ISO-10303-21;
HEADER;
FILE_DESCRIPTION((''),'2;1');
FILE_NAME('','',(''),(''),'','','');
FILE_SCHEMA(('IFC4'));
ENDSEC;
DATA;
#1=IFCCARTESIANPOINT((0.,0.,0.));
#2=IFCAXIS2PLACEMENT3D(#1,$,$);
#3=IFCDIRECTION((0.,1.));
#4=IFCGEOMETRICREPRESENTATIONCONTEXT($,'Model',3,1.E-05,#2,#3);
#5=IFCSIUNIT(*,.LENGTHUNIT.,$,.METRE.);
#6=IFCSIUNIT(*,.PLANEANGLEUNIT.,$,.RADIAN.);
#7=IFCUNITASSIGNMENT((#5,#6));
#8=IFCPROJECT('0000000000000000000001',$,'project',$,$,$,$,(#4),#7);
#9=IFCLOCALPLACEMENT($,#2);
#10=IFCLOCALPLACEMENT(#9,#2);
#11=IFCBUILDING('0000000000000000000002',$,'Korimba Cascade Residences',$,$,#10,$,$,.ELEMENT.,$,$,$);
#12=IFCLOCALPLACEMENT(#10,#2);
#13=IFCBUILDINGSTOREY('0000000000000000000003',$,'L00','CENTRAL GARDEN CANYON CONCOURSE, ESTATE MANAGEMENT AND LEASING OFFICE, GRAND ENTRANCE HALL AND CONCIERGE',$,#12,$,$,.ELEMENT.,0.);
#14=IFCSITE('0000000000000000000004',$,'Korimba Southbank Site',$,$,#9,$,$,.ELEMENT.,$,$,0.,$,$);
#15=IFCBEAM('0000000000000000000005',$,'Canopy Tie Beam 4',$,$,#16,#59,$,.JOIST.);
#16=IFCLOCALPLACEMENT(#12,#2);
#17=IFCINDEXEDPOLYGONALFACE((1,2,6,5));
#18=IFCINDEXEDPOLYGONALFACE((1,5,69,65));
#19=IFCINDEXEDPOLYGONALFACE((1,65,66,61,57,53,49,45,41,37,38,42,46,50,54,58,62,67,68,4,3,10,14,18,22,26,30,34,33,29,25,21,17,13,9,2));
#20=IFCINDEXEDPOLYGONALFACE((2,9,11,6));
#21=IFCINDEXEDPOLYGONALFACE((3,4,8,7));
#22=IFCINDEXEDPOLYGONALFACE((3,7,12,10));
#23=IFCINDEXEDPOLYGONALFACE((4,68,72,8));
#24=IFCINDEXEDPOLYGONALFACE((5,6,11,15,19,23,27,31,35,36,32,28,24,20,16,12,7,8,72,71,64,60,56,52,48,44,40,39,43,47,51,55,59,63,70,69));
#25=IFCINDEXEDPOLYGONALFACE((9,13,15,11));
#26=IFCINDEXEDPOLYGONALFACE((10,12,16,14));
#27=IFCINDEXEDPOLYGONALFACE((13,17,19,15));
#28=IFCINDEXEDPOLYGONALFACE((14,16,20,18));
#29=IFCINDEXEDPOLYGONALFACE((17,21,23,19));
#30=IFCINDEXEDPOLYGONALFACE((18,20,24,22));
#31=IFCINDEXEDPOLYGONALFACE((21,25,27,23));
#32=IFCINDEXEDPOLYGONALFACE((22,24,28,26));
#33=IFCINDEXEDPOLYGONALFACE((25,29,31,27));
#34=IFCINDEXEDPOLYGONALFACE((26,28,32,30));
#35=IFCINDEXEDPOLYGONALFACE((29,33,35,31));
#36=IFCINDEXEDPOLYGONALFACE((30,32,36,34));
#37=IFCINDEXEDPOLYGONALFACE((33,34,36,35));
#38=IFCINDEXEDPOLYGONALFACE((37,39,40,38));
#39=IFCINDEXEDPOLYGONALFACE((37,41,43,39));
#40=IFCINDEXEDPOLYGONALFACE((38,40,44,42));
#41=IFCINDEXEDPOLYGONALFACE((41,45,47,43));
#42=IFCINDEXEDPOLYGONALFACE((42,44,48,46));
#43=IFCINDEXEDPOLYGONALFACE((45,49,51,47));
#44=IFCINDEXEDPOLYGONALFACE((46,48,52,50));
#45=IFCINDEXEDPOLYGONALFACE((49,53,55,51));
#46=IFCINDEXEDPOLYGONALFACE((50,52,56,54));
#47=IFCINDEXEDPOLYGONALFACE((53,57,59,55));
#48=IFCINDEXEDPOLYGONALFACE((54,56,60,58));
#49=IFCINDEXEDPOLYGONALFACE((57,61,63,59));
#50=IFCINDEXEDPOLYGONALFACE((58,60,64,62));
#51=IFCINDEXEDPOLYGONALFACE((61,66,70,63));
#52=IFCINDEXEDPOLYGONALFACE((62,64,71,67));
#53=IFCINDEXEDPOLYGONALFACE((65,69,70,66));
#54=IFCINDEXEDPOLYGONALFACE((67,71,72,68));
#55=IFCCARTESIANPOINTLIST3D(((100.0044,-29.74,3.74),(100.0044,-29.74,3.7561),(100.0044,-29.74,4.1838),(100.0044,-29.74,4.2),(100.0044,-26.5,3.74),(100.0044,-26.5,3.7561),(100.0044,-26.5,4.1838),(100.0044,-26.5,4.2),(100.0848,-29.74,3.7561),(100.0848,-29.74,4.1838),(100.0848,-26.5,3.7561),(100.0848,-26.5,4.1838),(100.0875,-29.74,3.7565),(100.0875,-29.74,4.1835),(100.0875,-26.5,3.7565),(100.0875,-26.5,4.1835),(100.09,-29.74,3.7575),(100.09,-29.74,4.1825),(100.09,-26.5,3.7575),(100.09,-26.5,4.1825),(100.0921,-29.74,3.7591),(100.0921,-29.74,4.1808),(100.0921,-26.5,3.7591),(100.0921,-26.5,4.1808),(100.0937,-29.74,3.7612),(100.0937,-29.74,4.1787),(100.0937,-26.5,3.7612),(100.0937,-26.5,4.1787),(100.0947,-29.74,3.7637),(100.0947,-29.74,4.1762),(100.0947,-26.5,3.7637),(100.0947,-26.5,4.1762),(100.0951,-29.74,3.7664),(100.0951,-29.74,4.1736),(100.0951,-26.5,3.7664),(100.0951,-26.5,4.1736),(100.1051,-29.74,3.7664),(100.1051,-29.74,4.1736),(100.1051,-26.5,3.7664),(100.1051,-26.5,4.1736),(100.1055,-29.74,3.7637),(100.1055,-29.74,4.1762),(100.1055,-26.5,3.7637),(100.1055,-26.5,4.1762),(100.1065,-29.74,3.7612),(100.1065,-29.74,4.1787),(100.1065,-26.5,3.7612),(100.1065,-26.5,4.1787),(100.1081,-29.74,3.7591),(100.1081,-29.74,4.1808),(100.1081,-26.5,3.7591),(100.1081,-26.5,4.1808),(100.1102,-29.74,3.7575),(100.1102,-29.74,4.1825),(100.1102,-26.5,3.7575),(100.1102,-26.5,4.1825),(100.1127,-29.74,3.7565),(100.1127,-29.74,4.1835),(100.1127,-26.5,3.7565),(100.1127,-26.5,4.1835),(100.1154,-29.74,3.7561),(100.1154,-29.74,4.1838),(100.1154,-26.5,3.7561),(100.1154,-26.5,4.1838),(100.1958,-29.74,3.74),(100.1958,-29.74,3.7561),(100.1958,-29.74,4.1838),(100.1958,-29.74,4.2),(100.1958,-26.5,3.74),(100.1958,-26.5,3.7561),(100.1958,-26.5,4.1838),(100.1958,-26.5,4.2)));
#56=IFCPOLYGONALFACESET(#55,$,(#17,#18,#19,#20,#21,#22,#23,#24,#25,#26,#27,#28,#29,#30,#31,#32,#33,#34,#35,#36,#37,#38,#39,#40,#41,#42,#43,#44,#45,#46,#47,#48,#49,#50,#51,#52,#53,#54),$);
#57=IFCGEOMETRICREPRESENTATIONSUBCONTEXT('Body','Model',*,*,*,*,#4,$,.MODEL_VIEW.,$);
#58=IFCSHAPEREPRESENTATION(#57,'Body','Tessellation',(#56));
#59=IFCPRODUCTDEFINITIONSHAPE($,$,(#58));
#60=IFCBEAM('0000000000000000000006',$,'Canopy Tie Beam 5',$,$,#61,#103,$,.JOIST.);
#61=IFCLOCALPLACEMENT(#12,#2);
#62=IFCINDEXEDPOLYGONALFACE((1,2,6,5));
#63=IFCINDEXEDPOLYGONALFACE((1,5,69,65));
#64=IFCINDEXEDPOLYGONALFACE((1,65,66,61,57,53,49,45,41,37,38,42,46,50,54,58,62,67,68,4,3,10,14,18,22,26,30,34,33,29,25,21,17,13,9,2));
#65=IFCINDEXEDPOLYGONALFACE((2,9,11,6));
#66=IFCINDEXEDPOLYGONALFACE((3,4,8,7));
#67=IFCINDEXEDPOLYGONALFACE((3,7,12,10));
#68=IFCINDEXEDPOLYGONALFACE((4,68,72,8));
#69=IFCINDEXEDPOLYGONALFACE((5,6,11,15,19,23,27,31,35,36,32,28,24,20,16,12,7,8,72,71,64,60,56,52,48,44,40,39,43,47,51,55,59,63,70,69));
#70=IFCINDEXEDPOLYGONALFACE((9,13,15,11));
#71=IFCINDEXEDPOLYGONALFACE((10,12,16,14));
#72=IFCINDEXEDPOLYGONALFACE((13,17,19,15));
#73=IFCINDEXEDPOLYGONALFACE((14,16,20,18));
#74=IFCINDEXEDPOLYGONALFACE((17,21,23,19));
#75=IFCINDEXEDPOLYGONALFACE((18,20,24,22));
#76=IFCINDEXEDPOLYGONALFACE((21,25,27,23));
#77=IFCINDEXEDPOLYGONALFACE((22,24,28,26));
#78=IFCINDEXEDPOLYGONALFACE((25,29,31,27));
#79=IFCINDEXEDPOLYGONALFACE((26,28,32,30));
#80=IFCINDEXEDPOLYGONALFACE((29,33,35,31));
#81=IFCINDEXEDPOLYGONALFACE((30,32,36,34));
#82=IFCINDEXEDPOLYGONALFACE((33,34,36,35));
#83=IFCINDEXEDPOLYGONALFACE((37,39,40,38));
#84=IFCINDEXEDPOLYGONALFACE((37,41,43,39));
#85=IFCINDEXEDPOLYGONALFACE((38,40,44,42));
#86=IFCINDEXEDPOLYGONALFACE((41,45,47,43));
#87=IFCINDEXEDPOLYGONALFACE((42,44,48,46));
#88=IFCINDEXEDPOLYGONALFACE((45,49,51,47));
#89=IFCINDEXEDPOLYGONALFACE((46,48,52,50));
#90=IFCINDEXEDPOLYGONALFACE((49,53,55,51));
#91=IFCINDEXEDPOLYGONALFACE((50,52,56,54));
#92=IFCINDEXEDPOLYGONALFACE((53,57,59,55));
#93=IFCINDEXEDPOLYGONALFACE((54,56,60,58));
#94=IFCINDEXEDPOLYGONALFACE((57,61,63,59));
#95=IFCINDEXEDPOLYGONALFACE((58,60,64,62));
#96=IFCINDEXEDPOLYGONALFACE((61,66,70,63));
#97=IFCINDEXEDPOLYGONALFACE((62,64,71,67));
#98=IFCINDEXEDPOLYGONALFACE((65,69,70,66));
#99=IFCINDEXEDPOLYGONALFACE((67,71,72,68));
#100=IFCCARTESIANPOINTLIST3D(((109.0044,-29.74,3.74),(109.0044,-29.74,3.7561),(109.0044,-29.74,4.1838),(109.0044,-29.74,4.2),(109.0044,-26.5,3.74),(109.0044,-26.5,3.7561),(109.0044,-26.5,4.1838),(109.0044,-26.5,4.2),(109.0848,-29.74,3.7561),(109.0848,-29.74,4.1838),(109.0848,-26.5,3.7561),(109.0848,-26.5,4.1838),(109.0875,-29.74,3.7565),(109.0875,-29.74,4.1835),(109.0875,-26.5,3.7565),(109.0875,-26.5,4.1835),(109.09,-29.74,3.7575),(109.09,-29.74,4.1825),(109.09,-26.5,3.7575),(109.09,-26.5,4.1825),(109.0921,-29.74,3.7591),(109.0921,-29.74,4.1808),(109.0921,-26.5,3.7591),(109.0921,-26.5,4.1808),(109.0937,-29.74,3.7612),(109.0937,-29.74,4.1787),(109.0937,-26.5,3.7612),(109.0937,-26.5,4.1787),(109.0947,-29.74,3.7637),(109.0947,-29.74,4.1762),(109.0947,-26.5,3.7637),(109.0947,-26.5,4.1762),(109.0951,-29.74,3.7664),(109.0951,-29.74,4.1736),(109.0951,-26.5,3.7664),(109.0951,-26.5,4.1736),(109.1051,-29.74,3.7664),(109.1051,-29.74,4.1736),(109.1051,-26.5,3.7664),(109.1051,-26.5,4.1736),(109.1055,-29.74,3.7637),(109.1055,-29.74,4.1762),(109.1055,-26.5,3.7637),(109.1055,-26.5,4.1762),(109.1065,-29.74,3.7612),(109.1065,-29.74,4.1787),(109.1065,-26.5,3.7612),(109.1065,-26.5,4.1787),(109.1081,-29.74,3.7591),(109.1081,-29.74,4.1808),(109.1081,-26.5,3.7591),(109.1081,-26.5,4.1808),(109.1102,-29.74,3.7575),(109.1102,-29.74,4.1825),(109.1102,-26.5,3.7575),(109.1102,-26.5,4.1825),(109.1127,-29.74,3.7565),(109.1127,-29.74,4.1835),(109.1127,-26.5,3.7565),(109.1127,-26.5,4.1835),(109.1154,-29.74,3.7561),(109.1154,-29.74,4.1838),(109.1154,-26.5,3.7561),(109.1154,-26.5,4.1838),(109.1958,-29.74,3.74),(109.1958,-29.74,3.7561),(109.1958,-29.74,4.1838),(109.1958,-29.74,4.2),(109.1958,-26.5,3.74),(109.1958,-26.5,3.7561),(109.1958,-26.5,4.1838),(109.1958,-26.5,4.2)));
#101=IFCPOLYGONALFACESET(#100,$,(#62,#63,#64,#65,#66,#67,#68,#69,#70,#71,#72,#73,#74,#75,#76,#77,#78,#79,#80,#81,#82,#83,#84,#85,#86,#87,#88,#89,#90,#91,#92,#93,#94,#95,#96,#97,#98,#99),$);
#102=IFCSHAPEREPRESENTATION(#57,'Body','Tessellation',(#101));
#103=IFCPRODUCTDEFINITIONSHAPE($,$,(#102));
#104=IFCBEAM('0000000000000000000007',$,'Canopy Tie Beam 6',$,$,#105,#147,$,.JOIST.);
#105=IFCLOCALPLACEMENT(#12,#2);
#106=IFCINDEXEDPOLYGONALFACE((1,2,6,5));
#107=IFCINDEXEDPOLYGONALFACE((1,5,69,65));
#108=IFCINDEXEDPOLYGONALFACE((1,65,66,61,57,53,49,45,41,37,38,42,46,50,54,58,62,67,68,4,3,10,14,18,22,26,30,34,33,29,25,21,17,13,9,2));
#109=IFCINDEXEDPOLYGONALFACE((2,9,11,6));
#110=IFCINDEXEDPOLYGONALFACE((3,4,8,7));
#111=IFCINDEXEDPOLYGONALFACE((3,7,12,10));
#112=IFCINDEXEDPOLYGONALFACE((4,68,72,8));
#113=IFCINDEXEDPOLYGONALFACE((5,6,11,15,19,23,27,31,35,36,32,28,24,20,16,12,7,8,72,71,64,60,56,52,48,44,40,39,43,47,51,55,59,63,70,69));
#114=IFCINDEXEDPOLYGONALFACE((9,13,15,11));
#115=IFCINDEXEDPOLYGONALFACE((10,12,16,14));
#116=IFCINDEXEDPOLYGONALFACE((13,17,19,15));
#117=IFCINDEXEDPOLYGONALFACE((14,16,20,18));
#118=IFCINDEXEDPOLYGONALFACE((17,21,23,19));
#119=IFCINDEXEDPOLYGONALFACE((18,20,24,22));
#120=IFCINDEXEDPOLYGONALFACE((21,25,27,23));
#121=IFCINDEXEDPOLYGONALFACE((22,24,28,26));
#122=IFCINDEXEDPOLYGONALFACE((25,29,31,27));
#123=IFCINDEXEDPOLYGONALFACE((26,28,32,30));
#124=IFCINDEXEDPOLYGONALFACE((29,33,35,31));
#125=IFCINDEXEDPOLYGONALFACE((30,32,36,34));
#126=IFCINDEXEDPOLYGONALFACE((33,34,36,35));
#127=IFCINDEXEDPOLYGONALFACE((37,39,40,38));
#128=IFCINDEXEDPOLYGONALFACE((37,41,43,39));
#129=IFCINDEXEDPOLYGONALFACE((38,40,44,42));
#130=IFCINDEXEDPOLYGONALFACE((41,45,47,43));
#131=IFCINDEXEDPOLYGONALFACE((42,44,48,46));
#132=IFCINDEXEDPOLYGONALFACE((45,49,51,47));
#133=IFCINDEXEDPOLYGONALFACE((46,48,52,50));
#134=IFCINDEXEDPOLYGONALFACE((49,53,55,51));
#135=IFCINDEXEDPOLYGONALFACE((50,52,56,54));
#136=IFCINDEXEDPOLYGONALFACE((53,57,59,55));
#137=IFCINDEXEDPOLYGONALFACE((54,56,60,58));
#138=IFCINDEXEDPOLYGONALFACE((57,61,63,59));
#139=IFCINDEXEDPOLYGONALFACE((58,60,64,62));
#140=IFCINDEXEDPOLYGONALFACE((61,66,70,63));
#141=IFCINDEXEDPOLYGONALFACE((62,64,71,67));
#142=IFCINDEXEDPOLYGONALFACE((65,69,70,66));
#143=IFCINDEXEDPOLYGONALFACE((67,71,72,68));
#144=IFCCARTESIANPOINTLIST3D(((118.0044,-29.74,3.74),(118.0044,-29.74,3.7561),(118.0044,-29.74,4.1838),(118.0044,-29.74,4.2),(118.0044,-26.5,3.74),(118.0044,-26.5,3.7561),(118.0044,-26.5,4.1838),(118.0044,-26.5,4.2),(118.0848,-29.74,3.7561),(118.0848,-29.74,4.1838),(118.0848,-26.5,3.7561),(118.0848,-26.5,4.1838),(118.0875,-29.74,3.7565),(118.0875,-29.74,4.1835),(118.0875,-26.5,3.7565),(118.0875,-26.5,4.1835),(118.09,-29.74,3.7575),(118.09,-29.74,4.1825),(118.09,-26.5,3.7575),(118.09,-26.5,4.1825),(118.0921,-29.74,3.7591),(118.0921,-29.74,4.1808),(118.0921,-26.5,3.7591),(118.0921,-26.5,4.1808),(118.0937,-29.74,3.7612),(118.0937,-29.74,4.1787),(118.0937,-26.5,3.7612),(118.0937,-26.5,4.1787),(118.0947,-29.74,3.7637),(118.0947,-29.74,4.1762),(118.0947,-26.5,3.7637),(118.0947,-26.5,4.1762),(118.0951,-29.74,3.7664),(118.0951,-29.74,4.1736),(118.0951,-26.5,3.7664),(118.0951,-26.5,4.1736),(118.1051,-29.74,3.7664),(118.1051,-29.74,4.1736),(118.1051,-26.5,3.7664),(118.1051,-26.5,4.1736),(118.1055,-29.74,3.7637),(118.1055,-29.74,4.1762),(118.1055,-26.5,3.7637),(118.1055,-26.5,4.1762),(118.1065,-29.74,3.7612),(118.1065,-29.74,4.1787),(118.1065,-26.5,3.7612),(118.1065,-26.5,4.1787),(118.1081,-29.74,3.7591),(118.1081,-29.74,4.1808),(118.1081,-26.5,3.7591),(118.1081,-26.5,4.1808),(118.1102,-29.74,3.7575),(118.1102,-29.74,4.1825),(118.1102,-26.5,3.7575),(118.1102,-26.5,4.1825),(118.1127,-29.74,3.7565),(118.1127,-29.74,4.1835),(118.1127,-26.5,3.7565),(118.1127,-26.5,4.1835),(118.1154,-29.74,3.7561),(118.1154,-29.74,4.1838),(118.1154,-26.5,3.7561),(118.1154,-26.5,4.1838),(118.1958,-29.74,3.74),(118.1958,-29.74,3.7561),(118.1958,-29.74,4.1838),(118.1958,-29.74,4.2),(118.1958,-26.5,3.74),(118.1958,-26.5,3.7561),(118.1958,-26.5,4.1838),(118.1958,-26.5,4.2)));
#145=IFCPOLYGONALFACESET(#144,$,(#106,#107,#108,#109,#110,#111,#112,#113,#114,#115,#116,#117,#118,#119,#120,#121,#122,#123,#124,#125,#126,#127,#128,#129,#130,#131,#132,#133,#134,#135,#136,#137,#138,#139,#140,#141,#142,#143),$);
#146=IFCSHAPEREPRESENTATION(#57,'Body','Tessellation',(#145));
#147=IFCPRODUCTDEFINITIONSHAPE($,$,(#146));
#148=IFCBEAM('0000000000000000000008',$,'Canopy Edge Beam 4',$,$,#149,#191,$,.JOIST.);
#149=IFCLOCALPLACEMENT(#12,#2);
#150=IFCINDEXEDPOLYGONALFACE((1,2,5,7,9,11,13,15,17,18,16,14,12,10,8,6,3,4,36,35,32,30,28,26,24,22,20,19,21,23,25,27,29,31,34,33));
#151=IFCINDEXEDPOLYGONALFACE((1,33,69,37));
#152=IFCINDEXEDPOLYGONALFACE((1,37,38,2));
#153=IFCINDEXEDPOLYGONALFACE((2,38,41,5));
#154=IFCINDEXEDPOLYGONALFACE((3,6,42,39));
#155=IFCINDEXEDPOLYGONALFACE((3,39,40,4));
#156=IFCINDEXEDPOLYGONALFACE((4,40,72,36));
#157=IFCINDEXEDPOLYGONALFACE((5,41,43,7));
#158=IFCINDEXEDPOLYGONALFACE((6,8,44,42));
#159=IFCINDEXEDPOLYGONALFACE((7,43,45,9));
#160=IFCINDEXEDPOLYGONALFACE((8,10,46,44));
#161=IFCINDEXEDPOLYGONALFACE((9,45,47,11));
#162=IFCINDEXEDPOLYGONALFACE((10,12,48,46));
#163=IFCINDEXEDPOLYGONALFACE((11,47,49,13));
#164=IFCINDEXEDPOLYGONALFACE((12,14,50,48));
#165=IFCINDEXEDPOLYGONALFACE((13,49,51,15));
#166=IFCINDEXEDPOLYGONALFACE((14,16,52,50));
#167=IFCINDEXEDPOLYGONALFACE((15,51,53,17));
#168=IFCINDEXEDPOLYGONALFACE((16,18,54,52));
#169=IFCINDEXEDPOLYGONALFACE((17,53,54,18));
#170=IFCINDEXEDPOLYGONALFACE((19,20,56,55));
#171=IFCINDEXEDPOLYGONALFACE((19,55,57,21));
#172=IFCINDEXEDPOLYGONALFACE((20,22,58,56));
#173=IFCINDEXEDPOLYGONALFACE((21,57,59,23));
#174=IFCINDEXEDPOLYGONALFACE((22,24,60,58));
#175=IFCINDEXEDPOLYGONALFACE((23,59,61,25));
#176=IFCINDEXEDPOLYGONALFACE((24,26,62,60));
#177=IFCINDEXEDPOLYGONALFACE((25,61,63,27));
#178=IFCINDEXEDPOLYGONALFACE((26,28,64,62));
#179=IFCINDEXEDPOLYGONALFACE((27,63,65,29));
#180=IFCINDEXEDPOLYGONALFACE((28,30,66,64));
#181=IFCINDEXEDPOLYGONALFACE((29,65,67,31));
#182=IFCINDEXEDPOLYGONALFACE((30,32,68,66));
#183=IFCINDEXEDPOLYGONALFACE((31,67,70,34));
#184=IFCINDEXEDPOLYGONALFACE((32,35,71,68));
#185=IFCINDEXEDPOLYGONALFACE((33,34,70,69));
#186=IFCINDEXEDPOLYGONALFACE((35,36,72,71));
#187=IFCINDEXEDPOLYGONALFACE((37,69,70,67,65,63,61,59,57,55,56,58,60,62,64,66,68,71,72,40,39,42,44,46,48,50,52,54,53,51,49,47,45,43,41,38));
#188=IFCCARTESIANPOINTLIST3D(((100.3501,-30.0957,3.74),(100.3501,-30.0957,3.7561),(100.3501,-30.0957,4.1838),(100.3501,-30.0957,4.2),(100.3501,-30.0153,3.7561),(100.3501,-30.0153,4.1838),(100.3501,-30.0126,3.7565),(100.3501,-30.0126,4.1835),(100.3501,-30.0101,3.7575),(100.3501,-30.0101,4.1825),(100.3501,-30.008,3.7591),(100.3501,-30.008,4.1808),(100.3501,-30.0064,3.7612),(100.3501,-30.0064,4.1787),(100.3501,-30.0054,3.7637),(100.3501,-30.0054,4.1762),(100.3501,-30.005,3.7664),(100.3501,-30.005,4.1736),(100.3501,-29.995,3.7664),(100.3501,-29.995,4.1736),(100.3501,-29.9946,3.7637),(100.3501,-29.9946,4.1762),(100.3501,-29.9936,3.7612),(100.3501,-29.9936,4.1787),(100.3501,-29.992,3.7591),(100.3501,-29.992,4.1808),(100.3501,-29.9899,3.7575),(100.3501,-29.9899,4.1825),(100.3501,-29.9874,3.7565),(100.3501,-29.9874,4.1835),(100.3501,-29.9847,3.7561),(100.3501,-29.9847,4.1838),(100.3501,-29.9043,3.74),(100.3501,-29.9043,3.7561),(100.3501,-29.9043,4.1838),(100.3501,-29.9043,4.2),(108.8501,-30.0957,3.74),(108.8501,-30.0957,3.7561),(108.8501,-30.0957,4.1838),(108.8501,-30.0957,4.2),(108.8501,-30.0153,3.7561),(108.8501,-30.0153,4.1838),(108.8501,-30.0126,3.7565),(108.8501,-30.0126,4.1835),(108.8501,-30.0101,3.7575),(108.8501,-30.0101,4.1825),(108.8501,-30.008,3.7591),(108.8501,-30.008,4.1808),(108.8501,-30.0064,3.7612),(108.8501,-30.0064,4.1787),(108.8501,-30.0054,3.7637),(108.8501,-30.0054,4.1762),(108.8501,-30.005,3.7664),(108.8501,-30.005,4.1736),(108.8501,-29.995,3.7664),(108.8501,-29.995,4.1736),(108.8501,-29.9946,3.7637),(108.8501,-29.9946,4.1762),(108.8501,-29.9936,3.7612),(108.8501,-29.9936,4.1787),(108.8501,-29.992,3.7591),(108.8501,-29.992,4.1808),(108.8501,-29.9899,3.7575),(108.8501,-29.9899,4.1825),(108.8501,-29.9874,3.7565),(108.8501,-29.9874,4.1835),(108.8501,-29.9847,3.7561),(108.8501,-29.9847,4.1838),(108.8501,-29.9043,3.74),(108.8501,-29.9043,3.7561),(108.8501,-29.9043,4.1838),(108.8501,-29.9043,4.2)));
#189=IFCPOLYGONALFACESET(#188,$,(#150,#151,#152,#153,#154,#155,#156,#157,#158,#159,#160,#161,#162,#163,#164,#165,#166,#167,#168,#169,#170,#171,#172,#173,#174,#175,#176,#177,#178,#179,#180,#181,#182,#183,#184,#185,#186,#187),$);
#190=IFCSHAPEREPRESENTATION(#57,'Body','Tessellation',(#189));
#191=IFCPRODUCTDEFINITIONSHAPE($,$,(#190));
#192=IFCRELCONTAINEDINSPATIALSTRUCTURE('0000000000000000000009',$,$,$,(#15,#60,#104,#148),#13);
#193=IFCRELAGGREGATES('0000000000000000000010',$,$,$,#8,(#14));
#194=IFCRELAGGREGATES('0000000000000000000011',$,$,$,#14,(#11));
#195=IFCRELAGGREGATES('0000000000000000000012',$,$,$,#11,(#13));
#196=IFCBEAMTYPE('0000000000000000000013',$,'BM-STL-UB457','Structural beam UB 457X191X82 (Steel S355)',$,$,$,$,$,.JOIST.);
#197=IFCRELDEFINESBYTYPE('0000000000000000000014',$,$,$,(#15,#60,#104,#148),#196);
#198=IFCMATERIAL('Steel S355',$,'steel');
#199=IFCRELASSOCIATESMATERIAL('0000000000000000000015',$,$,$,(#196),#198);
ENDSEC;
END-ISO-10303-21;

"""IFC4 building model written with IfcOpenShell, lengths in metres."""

from ifc_helpers import new_model, si_unit, direction, frame, origin, origin_2d, place, context, subcontext, project, spatial, i_section, extrude, material, material_profile, profile_set, type_object, element, save


model = new_model("IFC4")

# Units and contexts
model_context = context("Model", 3, precision=1e-05, world=origin(), true_north=direction((0.0, 1.0)))
body_context = subcontext(model_context, "Body", "Model", "MODEL_VIEW")
ifc_project = project(units=[si_unit("LENGTHUNIT", "METRE"), si_unit("PLANEANGLEUNIT", "RADIAN")], contexts=[model_context])

# Site, building, storey
site_placement = place(None, origin())
site = spatial("IfcSite", under=ifc_project, at=site_placement, Name="Korimba Southbank Site", CompositionType="ELEMENT", RefElevation=0.0)
building_placement = place(site_placement, origin())
building = spatial("IfcBuilding", under=site, at=building_placement, Name="Korimba Cascade Residences", CompositionType="ELEMENT")
storey_placement = place(building_placement, origin())
storey = spatial("IfcBuildingStorey", under=building, at=storey_placement, Name="L00", Description="CENTRAL GARDEN CANYON CONCOURSE, ESTATE MANAGEMENT AND LEASING OFFICE, GRAND ENTRANCE HALL AND CONCIERGE", CompositionType="ELEMENT", Elevation=0.0)

# Shared definitions
ifc_material_1 = material(Name="Steel S355", Category="steel")

# Beams
ifc_material_profile_1 = material_profile(ifc_material_1, i_section(OverallWidth=0.1914, OverallDepth=0.46, WebThickness=0.01, FlangeThickness=0.0161, FilletRadius=0.0103, at=origin_2d()), Name="Steel S355")
ifc_profile_set_1 = profile_set([ifc_material_profile_1], Name="Steel S355")
beam_type = type_object("IfcBeamType", Name="BM-STL-UB457", Description="Structural beam UB 457X191X82 (Steel S355)", PredefinedType="JOIST", material=ifc_profile_set_1)
for number, where, z_axis, x_axis, name in (
    (1, (100.1001, -29.74, 3.97), (0.0, 1.0, 0.0), (-1.0, 0.0, 0.0), "Canopy Tie Beam 4"),
    (2, (109.1001, -29.74, 3.97), (0.0, 1.0, 0.0), (-1.0, 0.0, 0.0), "Canopy Tie Beam 5"),
    (3, (118.1001, -29.74, 3.97), (0.0, 1.0, 0.0), (-1.0, 0.0, 0.0), "Canopy Tie Beam 6"),
):
    element("IfcBeam", number, at=place(storey_placement, frame(where, z_axis=z_axis, x_axis=x_axis)), inside=storey, type_object=beam_type, Name=name, PredefinedType="JOIST", context=body_context, shape_type="SweptSolid", body=[
        extrude(i_section(OverallWidth=0.1914, OverallDepth=0.46, WebThickness=0.01, FlangeThickness=0.0161, FilletRadius=0.0103, at=origin_2d()), origin(), (0.0, 0.0, 1.0), 3.24),
    ])
for number, where, z_axis, x_axis, name in (
    (4, (100.3501, -30.0, 3.97), (1.0, 0.0, 0.0), (0.0, 1.0, 0.0), "Canopy Edge Beam 4"),
):
    element("IfcBeam", number, at=place(storey_placement, frame(where, z_axis=z_axis, x_axis=x_axis)), inside=storey, type_object=beam_type, Name=name, PredefinedType="JOIST", context=body_context, shape_type="SweptSolid", body=[
        extrude(i_section(OverallWidth=0.1914, OverallDepth=0.46, WebThickness=0.01, FlangeThickness=0.0161, FilletRadius=0.0103, at=origin_2d()), origin(), (0.0, 0.0, 1.0), 8.5),
    ])

save(model, "model.ifc")
